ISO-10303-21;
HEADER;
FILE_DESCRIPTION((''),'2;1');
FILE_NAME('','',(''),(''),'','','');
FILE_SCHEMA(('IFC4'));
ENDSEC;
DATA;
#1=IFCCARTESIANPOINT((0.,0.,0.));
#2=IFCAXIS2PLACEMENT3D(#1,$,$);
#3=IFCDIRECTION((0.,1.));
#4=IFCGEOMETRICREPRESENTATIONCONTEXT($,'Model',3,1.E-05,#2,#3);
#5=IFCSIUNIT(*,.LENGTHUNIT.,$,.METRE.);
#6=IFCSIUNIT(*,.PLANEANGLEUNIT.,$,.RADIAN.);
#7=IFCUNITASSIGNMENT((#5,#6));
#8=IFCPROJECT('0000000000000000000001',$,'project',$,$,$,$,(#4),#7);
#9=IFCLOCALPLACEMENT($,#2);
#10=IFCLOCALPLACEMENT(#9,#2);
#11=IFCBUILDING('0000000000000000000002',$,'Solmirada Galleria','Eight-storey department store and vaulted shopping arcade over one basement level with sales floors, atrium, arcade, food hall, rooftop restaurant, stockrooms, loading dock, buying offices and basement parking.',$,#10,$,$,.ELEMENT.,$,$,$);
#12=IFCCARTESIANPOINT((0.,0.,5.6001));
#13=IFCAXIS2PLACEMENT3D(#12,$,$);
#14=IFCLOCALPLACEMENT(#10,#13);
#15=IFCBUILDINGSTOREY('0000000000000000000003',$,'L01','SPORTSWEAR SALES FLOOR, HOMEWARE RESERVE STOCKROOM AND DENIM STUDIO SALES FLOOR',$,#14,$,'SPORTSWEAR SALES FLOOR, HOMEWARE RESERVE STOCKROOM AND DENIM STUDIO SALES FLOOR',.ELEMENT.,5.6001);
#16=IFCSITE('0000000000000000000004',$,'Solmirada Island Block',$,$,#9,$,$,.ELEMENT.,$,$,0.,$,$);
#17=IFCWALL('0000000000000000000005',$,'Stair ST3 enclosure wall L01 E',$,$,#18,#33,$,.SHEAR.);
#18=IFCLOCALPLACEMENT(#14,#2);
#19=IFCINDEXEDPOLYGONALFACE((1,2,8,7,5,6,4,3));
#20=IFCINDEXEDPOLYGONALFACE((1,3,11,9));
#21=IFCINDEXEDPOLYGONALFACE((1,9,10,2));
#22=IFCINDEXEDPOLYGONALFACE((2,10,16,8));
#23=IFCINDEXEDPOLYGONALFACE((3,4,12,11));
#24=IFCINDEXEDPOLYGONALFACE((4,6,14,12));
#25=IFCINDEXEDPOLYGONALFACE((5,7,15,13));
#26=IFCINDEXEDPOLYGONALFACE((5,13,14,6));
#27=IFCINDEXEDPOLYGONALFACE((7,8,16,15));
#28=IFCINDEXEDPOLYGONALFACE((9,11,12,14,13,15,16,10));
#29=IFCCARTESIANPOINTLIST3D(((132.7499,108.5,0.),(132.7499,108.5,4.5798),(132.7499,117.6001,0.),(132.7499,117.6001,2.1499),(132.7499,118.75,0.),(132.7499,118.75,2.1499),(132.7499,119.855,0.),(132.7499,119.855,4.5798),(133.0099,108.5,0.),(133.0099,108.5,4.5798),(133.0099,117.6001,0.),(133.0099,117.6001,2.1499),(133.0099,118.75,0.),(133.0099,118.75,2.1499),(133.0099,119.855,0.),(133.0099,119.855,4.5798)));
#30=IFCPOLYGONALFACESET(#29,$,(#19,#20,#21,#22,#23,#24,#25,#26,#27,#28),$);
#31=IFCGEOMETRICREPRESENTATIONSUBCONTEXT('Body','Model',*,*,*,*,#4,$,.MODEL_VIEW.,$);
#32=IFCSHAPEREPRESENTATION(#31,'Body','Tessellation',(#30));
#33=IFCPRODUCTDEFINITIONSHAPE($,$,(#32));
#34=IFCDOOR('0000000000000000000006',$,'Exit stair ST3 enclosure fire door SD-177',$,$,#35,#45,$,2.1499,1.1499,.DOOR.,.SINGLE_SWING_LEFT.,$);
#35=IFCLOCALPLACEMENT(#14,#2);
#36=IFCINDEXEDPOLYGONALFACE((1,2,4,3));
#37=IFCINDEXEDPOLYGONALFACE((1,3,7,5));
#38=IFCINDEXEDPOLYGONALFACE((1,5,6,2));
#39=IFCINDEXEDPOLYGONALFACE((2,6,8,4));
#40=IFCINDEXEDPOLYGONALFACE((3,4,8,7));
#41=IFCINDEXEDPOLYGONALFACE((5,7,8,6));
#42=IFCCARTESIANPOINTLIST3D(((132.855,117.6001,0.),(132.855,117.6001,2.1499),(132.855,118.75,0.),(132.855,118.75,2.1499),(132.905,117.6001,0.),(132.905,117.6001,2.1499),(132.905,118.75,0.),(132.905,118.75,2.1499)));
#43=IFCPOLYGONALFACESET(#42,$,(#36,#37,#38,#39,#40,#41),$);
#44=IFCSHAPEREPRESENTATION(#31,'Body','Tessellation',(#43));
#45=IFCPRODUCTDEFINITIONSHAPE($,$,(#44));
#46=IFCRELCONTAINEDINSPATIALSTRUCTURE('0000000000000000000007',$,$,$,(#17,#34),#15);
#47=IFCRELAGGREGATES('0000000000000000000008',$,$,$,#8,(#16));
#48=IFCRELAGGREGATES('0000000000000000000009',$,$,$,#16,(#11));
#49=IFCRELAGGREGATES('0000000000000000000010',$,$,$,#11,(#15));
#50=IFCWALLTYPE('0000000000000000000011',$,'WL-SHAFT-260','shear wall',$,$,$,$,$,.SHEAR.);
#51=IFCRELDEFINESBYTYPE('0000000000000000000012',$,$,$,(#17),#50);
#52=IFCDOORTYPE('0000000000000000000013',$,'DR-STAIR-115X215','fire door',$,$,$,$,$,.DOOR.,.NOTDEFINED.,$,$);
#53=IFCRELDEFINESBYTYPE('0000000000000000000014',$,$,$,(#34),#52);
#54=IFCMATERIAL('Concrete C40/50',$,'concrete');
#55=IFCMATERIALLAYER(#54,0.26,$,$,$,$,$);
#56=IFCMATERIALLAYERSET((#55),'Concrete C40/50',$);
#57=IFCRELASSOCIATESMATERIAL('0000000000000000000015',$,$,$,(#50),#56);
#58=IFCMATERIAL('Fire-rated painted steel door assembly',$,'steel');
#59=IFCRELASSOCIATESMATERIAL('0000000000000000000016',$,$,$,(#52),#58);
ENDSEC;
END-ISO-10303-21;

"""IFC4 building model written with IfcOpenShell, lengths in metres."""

from ifc_helpers import new_model, si_unit, direction, frame, frame_2d, origin, place, context, subcontext, project, spatial, rectangle, extrude, material, layer, layer_set, type_object, element, fill, save


model = new_model("IFC4")

# Units and contexts
model_context = context("Model", 3, precision=1e-05, world=origin(), true_north=direction((0.0, 1.0)))
body_context = subcontext(model_context, "Body", "Model", "MODEL_VIEW")
ifc_project = project(units=[si_unit("LENGTHUNIT", "METRE"), si_unit("PLANEANGLEUNIT", "RADIAN")], contexts=[model_context])

# Site, building, storey
site_placement = place(None, origin())
site = spatial("IfcSite", under=ifc_project, at=site_placement, Name="Solmirada Island Block", CompositionType="ELEMENT", RefElevation=0.0)
building_placement = place(site_placement, origin())
building = spatial("IfcBuilding", under=site, at=building_placement, Name="Solmirada Galleria", Description="Eight-storey department store and vaulted shopping arcade over one basement level with sales floors, atrium, arcade, food hall, rooftop restaurant, stockrooms, loading dock, buying offices and basement parking.", CompositionType="ELEMENT")
storey_placement = place(building_placement, frame((0.0, 0.0, 5.6001)))
storey = spatial("IfcBuildingStorey", under=building, at=storey_placement, Name="L01", Description="SPORTSWEAR SALES FLOOR, HOMEWARE RESERVE STOCKROOM AND DENIM STUDIO SALES FLOOR", LongName="SPORTSWEAR SALES FLOOR, HOMEWARE RESERVE STOCKROOM AND DENIM STUDIO SALES FLOOR", CompositionType="ELEMENT", Elevation=5.6001)

# Shared definitions
ifc_material_1 = material(Name="Concrete C40/50", Category="concrete")

# Shared definitions
ifc_material_2 = material(Name="Fire-rated painted steel door assembly", Category="steel")

# Shared definitions
ifc_layer_1 = layer(ifc_material_1, 0.26)
ifc_layer_set_1 = layer_set([ifc_layer_1], Name="Concrete C40/50")
wall_type_1 = type_object("IfcWallType", Name="WL-SHAFT-260", Description="shear wall", PredefinedType="SHEAR", material=ifc_layer_set_1)

# Wall, opening, door
wall_1_placement = place(storey_placement, frame((132.8799, 108.5, 0.0), z_axis=(0.0, 0.0, 1.0), x_axis=(0.0, 1.0, 0.0)))
wall_1 = element("IfcWall", 1, at=wall_1_placement, inside=storey, type_object=wall_type_1, Name="Stair ST3 enclosure wall L01 E", PredefinedType="SHEAR", context=body_context, shape_type="SweptSolid", body=[
    extrude(rectangle(XDim=11.355, YDim=0.26, at=frame_2d((5.6775, 0.0))), origin(), (0.0, 0.0, 1.0), 4.5798),
])
opening_1_placement = place(wall_1_placement, frame((9.1001, 0.0, 0.0)))
opening_1 = element("IfcOpeningElement", 2, at=opening_1_placement, cuts=wall_1, PredefinedType="OPENING", context=body_context, shape_type="SweptSolid", body=[
    extrude(rectangle(XDim=1.1499, YDim=2.1499, at=frame_2d((0.575, 1.075))), frame((0.0, 0.1399, 0.0), z_axis=(0.0, -1.0, 0.0), x_axis=(1.0, 0.0, 0.0)), (0.0, 0.0, 1.0), 0.28),
])
door_type_1 = type_object("IfcDoorType", Name="DR-STAIR-115X215", Description="fire door", OperationType="NOTDEFINED", PredefinedType="DOOR", material=ifc_material_2)
door_1_placement = place(opening_1_placement, origin())
door_1 = element("IfcDoor", 3, at=door_1_placement, inside=storey, type_object=door_type_1, Name="Exit stair ST3 enclosure fire door SD-177", OperationType="SINGLE_SWING_LEFT", OverallHeight=2.1499, OverallWidth=1.1499, PredefinedType="DOOR", context=body_context, shape_type="SweptSolid", body=[
    extrude(rectangle(XDim=1.1499, YDim=2.1499, at=frame_2d((0.575, 1.075))), frame((0.0, 0.0249, 0.0), z_axis=(0.0, -1.0, 0.0), x_axis=(1.0, 0.0, 0.0)), (0.0, 0.0, 1.0), 0.05),
])
fill(opening_1, door_1)

save(model, "model.ifc")
